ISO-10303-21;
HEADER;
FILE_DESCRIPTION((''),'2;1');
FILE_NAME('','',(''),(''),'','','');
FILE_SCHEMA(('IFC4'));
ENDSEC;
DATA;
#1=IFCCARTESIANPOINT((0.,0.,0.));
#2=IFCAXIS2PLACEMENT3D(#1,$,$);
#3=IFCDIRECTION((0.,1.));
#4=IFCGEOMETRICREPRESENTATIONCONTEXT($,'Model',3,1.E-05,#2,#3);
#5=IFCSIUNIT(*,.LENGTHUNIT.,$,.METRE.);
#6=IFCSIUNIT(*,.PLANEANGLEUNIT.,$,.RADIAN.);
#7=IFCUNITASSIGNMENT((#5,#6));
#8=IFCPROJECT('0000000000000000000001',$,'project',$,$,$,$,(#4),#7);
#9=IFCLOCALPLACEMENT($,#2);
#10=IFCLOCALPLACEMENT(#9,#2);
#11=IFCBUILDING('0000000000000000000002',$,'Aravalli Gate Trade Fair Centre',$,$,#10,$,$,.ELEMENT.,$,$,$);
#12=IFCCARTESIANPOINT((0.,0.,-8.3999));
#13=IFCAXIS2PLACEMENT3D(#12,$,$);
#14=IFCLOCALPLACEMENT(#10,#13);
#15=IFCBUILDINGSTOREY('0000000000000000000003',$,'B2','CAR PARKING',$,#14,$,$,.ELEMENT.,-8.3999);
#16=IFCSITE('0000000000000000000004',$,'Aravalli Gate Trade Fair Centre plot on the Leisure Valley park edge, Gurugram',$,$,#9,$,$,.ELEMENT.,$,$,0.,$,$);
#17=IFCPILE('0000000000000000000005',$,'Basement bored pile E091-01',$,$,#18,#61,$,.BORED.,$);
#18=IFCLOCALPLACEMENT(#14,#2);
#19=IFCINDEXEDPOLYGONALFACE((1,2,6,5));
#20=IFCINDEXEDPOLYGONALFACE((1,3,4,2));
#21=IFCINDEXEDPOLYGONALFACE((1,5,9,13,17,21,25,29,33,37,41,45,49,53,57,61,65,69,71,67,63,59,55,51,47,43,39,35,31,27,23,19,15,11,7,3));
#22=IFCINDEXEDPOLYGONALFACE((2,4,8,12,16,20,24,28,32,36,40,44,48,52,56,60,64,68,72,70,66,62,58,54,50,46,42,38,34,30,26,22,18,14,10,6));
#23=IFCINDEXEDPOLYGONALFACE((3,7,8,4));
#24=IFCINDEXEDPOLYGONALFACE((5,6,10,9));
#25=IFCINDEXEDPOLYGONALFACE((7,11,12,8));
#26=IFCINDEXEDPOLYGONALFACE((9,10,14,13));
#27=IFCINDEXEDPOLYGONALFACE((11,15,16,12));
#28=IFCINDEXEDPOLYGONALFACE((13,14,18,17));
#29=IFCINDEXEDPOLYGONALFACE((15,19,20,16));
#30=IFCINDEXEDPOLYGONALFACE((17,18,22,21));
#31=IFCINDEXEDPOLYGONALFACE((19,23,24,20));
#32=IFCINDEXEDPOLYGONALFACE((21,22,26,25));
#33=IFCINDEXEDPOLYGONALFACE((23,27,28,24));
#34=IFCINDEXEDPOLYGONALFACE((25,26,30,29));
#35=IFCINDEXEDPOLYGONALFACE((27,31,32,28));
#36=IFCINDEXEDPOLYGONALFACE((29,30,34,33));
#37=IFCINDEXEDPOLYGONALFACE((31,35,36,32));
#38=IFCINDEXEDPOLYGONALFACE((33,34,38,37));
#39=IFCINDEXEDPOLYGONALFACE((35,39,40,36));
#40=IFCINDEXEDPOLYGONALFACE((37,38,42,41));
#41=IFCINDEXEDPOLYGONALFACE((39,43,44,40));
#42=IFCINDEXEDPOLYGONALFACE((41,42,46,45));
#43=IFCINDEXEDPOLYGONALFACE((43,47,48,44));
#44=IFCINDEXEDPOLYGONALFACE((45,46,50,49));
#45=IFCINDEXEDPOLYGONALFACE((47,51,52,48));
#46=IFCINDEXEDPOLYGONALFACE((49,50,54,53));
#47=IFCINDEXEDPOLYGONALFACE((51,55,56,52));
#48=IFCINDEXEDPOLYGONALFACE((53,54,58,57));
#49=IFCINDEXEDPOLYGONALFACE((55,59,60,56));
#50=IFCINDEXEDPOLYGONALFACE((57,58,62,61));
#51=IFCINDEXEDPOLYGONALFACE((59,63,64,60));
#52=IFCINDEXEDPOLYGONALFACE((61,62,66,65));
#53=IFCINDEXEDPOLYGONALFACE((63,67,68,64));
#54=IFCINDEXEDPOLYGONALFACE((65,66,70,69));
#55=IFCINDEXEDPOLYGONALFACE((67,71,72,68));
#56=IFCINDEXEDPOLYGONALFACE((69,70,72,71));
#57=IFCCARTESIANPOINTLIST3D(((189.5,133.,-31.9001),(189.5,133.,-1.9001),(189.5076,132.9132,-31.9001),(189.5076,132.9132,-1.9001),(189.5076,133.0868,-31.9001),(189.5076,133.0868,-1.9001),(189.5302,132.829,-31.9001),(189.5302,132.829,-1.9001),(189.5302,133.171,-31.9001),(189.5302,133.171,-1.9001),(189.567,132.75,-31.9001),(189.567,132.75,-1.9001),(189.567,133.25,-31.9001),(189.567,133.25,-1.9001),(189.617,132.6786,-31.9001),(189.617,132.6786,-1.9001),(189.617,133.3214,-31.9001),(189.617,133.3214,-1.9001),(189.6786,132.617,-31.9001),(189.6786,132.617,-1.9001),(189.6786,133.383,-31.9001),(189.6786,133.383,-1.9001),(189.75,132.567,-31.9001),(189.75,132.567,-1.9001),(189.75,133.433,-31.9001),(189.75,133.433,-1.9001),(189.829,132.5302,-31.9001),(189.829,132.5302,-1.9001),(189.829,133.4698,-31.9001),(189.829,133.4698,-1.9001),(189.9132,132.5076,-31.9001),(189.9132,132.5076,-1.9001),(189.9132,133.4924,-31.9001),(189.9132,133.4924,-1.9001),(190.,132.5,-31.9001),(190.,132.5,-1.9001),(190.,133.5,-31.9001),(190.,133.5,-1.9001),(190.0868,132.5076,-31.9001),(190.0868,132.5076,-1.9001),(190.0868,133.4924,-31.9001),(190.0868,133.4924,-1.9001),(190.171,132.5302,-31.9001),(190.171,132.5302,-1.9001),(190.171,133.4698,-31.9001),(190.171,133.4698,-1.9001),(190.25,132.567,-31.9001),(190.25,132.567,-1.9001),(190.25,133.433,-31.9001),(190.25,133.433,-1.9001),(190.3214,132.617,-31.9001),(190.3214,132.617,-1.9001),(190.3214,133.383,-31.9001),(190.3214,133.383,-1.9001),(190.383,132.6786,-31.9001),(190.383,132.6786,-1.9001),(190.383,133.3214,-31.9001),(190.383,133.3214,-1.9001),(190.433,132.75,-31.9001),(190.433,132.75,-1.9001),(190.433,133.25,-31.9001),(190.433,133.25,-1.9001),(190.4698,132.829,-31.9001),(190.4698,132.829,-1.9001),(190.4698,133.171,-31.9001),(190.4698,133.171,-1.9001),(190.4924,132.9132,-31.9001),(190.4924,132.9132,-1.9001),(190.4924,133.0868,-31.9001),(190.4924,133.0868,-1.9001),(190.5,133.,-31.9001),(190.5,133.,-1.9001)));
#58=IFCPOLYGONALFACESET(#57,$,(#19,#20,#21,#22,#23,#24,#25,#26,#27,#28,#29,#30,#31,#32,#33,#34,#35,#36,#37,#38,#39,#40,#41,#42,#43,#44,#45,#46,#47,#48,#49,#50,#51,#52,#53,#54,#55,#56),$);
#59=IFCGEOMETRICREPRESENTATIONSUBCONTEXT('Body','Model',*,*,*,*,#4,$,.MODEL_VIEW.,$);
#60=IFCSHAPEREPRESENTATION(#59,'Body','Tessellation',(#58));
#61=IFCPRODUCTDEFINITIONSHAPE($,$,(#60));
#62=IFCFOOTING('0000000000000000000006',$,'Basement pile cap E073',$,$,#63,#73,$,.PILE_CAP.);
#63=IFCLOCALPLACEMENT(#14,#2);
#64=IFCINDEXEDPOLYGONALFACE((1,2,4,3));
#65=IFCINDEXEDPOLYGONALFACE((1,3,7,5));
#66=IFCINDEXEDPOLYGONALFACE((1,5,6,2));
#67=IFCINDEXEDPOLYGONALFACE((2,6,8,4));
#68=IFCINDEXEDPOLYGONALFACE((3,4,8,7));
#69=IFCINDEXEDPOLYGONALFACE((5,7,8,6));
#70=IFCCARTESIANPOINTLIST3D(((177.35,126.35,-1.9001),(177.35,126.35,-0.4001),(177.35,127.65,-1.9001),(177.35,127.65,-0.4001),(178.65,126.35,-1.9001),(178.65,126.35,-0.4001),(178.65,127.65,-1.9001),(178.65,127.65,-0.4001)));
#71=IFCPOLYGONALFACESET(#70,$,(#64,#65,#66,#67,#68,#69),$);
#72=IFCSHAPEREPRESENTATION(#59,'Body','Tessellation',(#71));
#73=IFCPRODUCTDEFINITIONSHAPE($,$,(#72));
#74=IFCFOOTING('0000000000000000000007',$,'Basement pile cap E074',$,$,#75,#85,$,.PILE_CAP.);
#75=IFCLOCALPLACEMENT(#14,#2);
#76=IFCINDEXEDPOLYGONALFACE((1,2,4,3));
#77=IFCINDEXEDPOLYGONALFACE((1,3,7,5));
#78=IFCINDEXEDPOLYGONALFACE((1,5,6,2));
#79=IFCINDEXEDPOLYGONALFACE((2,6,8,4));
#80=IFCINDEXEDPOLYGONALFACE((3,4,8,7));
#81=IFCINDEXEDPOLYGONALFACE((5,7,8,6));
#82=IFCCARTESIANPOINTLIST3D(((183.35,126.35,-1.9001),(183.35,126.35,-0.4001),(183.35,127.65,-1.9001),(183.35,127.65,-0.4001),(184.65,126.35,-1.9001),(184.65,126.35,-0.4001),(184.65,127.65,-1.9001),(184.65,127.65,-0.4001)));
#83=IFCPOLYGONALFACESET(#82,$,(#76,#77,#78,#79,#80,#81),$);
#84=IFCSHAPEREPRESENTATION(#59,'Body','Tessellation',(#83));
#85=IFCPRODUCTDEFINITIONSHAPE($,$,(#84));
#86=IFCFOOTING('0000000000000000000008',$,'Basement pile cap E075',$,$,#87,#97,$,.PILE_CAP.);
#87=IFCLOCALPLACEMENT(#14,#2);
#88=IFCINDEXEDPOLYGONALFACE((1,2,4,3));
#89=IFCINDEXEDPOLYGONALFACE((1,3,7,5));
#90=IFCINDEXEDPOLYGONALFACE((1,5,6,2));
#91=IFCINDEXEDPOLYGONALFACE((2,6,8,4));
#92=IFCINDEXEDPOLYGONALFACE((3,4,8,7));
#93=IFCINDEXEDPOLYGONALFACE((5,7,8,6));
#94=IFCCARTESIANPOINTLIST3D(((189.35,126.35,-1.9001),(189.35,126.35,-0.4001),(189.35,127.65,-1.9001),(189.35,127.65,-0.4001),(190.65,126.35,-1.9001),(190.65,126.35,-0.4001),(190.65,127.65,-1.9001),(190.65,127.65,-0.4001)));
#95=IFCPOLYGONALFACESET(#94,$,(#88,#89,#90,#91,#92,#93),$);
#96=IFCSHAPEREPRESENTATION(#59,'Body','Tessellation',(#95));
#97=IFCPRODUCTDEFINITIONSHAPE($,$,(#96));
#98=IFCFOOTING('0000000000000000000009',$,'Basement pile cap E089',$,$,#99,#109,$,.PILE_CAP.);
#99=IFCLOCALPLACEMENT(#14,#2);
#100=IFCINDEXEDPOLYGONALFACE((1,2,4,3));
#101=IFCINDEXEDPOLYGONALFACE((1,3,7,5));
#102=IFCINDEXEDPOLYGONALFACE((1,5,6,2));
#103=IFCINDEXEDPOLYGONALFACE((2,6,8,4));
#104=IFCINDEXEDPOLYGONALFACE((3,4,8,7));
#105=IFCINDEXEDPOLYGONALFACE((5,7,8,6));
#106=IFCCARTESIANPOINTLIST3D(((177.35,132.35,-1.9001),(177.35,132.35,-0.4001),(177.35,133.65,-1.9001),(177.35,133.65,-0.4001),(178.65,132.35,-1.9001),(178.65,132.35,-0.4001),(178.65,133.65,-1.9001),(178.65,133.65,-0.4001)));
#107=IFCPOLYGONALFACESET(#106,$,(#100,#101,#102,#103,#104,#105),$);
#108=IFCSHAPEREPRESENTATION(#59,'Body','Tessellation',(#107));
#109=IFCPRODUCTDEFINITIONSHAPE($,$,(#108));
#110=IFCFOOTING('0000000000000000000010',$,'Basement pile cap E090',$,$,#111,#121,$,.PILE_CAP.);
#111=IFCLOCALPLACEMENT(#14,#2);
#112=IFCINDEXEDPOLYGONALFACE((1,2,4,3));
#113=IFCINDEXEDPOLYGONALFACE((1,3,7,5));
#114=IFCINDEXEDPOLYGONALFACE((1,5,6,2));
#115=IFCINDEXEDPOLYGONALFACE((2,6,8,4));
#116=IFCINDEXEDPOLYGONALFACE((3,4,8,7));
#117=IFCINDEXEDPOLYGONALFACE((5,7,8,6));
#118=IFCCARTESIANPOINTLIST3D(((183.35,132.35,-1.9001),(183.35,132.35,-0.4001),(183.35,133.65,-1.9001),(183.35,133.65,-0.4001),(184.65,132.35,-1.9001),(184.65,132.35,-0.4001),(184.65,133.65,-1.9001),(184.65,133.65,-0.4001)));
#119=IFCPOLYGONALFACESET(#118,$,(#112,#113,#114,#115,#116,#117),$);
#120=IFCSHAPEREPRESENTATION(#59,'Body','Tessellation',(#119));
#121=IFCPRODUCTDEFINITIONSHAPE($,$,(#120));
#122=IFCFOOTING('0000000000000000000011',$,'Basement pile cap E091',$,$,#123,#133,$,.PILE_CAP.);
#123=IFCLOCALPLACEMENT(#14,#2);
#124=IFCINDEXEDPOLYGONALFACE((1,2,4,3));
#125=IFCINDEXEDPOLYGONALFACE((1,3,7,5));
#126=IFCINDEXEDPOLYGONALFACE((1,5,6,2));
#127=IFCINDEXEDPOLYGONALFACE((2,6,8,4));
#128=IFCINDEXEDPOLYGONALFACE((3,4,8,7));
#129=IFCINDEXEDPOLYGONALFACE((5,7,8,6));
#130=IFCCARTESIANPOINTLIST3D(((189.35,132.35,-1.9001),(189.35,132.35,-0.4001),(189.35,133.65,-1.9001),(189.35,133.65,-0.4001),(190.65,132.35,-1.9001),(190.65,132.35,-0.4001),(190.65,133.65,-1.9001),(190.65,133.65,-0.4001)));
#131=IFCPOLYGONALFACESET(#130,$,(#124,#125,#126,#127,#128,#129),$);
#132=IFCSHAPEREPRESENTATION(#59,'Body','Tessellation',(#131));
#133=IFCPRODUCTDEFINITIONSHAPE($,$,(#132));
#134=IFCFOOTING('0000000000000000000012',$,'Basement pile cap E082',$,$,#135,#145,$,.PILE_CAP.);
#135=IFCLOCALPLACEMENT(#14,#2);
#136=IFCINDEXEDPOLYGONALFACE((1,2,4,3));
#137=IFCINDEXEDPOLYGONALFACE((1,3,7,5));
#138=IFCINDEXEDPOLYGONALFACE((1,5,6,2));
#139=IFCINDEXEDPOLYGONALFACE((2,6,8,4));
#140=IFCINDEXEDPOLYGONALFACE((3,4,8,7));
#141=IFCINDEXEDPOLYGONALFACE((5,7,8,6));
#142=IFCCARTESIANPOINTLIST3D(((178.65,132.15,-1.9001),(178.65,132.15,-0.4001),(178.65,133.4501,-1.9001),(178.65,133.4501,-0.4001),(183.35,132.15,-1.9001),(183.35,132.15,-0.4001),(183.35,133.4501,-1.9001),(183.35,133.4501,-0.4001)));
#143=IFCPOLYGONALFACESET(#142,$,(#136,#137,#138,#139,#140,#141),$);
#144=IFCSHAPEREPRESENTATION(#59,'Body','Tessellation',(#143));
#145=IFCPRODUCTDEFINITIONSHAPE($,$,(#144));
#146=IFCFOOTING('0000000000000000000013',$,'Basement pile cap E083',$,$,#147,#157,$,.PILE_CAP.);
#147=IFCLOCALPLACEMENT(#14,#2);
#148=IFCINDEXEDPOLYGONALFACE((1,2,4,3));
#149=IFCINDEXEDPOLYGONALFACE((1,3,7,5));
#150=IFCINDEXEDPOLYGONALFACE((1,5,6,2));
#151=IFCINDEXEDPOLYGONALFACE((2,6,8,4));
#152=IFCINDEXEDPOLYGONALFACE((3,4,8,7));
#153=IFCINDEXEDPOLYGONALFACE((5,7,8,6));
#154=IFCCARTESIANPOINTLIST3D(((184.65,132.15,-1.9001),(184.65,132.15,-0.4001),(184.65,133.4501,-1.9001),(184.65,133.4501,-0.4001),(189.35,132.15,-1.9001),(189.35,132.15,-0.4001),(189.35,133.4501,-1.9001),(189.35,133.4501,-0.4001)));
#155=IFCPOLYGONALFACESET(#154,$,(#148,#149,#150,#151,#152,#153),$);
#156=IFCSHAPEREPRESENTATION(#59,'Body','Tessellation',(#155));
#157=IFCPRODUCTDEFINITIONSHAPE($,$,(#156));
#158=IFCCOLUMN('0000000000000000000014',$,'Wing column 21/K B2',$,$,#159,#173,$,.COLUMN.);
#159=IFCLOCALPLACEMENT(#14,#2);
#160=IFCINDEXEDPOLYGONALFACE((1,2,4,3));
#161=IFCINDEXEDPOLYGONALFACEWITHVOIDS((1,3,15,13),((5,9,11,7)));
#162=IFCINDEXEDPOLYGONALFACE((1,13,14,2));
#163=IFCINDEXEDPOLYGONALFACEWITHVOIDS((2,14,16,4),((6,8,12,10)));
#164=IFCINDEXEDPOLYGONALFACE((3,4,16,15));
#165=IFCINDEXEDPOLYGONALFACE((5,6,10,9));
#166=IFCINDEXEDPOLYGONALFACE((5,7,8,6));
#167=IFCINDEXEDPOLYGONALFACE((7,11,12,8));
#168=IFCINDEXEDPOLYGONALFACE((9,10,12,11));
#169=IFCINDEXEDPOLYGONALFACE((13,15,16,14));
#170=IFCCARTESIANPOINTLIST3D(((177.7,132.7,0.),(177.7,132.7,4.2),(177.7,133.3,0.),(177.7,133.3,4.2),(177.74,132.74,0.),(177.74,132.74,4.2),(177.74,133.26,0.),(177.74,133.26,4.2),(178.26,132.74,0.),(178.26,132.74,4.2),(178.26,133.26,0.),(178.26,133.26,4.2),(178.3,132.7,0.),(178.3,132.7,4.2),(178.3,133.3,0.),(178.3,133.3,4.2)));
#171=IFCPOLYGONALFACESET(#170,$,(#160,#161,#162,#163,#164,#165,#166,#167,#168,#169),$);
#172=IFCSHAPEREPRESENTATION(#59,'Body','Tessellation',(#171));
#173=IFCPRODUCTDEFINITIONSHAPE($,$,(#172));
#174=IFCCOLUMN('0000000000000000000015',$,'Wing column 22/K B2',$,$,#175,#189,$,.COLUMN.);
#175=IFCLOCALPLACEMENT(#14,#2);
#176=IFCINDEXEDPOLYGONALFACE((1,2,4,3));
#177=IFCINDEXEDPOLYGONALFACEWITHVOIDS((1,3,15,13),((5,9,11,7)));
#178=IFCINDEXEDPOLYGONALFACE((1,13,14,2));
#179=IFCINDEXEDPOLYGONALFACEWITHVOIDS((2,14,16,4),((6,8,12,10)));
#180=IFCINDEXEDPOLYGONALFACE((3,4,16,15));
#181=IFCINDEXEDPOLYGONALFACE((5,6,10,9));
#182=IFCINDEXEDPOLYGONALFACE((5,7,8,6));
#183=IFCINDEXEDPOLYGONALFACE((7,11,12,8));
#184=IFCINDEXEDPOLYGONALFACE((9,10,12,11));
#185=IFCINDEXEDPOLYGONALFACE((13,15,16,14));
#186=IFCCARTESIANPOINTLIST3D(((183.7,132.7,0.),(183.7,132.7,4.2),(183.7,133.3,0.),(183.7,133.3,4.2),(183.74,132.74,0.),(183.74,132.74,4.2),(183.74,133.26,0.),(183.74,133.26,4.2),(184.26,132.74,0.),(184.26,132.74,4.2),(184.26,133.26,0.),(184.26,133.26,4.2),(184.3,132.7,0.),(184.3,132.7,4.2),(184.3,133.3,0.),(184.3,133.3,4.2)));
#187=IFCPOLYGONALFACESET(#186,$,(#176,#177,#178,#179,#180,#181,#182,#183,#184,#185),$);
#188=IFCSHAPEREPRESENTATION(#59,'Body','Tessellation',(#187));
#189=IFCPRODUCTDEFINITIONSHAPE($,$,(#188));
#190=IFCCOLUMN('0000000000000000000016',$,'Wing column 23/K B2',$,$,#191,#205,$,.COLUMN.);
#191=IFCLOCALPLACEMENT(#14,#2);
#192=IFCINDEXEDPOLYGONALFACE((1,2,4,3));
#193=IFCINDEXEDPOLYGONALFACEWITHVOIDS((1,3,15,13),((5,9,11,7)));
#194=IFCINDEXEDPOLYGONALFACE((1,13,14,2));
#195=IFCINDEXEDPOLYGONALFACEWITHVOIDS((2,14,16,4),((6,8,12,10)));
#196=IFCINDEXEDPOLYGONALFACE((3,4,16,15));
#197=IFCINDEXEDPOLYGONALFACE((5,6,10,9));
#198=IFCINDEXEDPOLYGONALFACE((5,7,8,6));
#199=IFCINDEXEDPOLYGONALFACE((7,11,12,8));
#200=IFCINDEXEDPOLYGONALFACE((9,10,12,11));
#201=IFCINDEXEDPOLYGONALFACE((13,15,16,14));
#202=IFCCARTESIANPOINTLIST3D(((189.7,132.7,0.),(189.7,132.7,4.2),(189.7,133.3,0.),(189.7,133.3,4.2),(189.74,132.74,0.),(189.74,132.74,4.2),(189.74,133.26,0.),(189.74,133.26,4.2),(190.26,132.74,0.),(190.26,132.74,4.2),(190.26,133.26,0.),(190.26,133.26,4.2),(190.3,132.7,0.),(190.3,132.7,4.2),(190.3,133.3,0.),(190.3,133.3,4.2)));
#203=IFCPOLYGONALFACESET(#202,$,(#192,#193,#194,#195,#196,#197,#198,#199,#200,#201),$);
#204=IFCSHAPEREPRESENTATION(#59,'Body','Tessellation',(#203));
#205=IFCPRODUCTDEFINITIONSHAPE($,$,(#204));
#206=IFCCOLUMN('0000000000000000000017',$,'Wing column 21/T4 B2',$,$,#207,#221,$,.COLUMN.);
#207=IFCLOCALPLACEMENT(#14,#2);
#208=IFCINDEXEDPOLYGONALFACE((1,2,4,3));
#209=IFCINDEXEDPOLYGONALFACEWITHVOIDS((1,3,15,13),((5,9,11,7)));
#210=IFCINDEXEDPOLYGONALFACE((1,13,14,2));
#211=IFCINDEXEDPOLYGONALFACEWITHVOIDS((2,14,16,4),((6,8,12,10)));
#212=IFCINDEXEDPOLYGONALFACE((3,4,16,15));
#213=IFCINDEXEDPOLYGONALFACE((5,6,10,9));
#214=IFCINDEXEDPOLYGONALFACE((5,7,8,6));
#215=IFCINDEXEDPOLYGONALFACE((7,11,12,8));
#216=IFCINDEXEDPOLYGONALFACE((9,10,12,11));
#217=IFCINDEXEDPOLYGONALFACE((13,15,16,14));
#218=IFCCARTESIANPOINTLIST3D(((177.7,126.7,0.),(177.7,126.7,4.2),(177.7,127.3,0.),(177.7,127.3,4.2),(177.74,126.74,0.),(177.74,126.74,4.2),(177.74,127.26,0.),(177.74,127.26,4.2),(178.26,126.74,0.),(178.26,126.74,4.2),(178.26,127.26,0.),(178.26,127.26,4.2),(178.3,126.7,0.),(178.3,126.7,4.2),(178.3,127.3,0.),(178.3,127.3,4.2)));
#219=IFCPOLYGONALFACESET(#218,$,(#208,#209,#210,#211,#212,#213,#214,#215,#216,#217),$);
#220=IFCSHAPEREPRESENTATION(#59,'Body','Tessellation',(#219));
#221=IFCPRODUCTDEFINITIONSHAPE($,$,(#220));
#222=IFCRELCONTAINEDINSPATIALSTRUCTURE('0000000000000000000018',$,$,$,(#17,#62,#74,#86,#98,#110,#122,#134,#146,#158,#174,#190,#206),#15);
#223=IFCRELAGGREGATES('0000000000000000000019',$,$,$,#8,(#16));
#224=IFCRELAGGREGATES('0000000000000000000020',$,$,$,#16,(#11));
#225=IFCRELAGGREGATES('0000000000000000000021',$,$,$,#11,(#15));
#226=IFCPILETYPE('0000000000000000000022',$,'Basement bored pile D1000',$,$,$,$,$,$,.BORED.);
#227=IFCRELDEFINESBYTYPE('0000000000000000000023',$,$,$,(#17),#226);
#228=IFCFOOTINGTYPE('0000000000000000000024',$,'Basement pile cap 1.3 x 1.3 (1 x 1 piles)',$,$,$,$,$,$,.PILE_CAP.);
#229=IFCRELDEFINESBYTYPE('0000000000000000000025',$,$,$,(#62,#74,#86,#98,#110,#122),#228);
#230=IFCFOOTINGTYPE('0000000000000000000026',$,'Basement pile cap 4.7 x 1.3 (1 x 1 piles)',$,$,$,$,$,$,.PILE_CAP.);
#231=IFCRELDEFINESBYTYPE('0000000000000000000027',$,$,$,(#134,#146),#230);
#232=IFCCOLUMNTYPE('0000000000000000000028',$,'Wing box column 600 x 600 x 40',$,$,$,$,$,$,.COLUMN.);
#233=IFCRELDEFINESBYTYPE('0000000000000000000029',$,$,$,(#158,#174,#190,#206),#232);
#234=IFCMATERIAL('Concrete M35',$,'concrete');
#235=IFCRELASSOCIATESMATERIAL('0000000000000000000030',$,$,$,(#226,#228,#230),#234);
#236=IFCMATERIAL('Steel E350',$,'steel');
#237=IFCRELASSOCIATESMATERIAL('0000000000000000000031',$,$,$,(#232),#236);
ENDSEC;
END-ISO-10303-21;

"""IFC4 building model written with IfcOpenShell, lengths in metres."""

from ifc_helpers import new_model, si_unit, direction, frame, origin, origin_2d, place, context, subcontext, project, spatial, rectangle, hollow_rectangle, circle, extrude, material, material_profile, profile_set, type_object, element, save


model = new_model("IFC4")

# Units and contexts
model_context = context("Model", 3, precision=1e-05, world=origin(), true_north=direction((0.0, 1.0)))
body_context = subcontext(model_context, "Body", "Model", "MODEL_VIEW")
ifc_project = project(units=[si_unit("LENGTHUNIT", "METRE"), si_unit("PLANEANGLEUNIT", "RADIAN")], contexts=[model_context])

# Site, building, storey
site_placement = place(None, origin())
site = spatial("IfcSite", under=ifc_project, at=site_placement, Name="Aravalli Gate Trade Fair Centre plot on the Leisure Valley park edge, Gurugram", CompositionType="ELEMENT", RefElevation=0.0)
building_placement = place(site_placement, origin())
building = spatial("IfcBuilding", under=site, at=building_placement, Name="Aravalli Gate Trade Fair Centre", CompositionType="ELEMENT")
storey_placement = place(building_placement, frame((0.0, 0.0, -8.3999)))
storey = spatial("IfcBuildingStorey", under=building, at=storey_placement, Name="B2", Description="CAR PARKING", CompositionType="ELEMENT", Elevation=-8.3999)

# Pile
ifc_material_1 = material(Name="Concrete M35", Category="concrete")
ifc_material_profile_1 = material_profile(ifc_material_1, circle(Radius=0.5, at=origin_2d()), Name="D1000")
ifc_profile_set_1 = profile_set([ifc_material_profile_1], Name="Concrete M35")
pile_type = type_object("IfcPileType", Name="Basement bored pile D1000", PredefinedType="BORED", material=ifc_profile_set_1)
for number, where, z_axis, x_axis, name in (
    (1, (190.0, 133.0, -1.9001), (0.0, 0.0, -1.0), (1.0, 0.0, 0.0), "Basement bored pile E091-01"),
):
    element("IfcPile", number, at=place(storey_placement, frame(where, z_axis=z_axis, x_axis=x_axis)), inside=storey, type_object=pile_type, Name=name, PredefinedType="BORED", context=body_context, shape_type="SweptSolid", body=[
        extrude(circle(Radius=0.5, at=origin_2d()), origin(), (0.0, 0.0, 1.0), 30.0),
    ])

# Footings
footing_type_1 = type_object("IfcFootingType", Name="Basement pile cap 1.3 x 1.3 (1 x 1 piles)", PredefinedType="PILE_CAP", material=ifc_material_1)
for number, where, z_axis, x_axis, name in (
    (2, (178.0, 127.0, -1.9001), (0.0, 0.0, 1.0), (1.0, 0.0, 0.0), "Basement pile cap E073"),
    (3, (184.0, 127.0, -1.9001), (0.0, 0.0, 1.0), (1.0, 0.0, 0.0), "Basement pile cap E074"),
    (4, (190.0, 127.0, -1.9001), (0.0, 0.0, 1.0), (1.0, 0.0, 0.0), "Basement pile cap E075"),
    (5, (178.0, 133.0, -1.9001), (0.0, 0.0, 1.0), (1.0, 0.0, 0.0), "Basement pile cap E089"),
    (6, (184.0, 133.0, -1.9001), (0.0, 0.0, 1.0), (1.0, 0.0, 0.0), "Basement pile cap E090"),
    (7, (190.0, 133.0, -1.9001), (0.0, 0.0, 1.0), (1.0, 0.0, 0.0), "Basement pile cap E091"),
):
    element("IfcFooting", number, at=place(storey_placement, frame(where, z_axis=z_axis, x_axis=x_axis)), inside=storey, type_object=footing_type_1, Name=name, PredefinedType="PILE_CAP", context=body_context, shape_type="SweptSolid", body=[
        extrude(rectangle(XDim=1.3, YDim=1.3, at=origin_2d()), origin(), (0.0, 0.0, 1.0), 1.5),
    ])
footing_type_2 = type_object("IfcFootingType", Name="Basement pile cap 4.7 x 1.3 (1 x 1 piles)", PredefinedType="PILE_CAP", material=ifc_material_1)
for number, where, z_axis, x_axis, name in (
    (8, (181.0, 132.8, -1.9001), (0.0, 0.0, 1.0), (1.0, 0.0, 0.0), "Basement pile cap E082"),
    (9, (187.0, 132.8, -1.9001), (0.0, 0.0, 1.0), (1.0, 0.0, 0.0), "Basement pile cap E083"),
):
    element("IfcFooting", number, at=place(storey_placement, frame(where, z_axis=z_axis, x_axis=x_axis)), inside=storey, type_object=footing_type_2, Name=name, PredefinedType="PILE_CAP", context=body_context, shape_type="SweptSolid", body=[
        extrude(rectangle(XDim=4.7, YDim=1.3, at=origin_2d()), origin(), (0.0, 0.0, 1.0), 1.5),
    ])

# Columns
ifc_material_2 = material(Name="Steel E350", Category="steel")
ifc_material_profile_2 = material_profile(ifc_material_2, hollow_rectangle(XDim=0.6001, YDim=0.6001, WallThickness=0.04, at=origin_2d()), Name="BOX 600x600x40")
ifc_profile_set_2 = profile_set([ifc_material_profile_2], Name="Steel E350")
column_type = type_object("IfcColumnType", Name="Wing box column 600 x 600 x 40", PredefinedType="COLUMN", material=ifc_profile_set_2)
for number, where, z_axis, x_axis, name in (
    (10, (178.0, 133.0, 0.0), (0.0, 0.0, 1.0), (1.0, 0.0, 0.0), "Wing column 21/K B2"),
    (11, (184.0, 133.0, 0.0), (0.0, 0.0, 1.0), (1.0, 0.0, 0.0), "Wing column 22/K B2"),
    (12, (190.0, 133.0, 0.0), (0.0, 0.0, 1.0), (1.0, 0.0, 0.0), "Wing column 23/K B2"),
    (13, (178.0, 127.0, 0.0), (0.0, 0.0, 1.0), (1.0, 0.0, 0.0), "Wing column 21/T4 B2"),
):
    element("IfcColumn", number, at=place(storey_placement, frame(where, z_axis=z_axis, x_axis=x_axis)), inside=storey, type_object=column_type, Name=name, PredefinedType="COLUMN", context=body_context, shape_type="SweptSolid", body=[
        extrude(hollow_rectangle(XDim=0.6001, YDim=0.6001, WallThickness=0.04, at=origin_2d()), origin(), (0.0, 0.0, 1.0), 4.2),
    ])

save(model, "model.ifc")
